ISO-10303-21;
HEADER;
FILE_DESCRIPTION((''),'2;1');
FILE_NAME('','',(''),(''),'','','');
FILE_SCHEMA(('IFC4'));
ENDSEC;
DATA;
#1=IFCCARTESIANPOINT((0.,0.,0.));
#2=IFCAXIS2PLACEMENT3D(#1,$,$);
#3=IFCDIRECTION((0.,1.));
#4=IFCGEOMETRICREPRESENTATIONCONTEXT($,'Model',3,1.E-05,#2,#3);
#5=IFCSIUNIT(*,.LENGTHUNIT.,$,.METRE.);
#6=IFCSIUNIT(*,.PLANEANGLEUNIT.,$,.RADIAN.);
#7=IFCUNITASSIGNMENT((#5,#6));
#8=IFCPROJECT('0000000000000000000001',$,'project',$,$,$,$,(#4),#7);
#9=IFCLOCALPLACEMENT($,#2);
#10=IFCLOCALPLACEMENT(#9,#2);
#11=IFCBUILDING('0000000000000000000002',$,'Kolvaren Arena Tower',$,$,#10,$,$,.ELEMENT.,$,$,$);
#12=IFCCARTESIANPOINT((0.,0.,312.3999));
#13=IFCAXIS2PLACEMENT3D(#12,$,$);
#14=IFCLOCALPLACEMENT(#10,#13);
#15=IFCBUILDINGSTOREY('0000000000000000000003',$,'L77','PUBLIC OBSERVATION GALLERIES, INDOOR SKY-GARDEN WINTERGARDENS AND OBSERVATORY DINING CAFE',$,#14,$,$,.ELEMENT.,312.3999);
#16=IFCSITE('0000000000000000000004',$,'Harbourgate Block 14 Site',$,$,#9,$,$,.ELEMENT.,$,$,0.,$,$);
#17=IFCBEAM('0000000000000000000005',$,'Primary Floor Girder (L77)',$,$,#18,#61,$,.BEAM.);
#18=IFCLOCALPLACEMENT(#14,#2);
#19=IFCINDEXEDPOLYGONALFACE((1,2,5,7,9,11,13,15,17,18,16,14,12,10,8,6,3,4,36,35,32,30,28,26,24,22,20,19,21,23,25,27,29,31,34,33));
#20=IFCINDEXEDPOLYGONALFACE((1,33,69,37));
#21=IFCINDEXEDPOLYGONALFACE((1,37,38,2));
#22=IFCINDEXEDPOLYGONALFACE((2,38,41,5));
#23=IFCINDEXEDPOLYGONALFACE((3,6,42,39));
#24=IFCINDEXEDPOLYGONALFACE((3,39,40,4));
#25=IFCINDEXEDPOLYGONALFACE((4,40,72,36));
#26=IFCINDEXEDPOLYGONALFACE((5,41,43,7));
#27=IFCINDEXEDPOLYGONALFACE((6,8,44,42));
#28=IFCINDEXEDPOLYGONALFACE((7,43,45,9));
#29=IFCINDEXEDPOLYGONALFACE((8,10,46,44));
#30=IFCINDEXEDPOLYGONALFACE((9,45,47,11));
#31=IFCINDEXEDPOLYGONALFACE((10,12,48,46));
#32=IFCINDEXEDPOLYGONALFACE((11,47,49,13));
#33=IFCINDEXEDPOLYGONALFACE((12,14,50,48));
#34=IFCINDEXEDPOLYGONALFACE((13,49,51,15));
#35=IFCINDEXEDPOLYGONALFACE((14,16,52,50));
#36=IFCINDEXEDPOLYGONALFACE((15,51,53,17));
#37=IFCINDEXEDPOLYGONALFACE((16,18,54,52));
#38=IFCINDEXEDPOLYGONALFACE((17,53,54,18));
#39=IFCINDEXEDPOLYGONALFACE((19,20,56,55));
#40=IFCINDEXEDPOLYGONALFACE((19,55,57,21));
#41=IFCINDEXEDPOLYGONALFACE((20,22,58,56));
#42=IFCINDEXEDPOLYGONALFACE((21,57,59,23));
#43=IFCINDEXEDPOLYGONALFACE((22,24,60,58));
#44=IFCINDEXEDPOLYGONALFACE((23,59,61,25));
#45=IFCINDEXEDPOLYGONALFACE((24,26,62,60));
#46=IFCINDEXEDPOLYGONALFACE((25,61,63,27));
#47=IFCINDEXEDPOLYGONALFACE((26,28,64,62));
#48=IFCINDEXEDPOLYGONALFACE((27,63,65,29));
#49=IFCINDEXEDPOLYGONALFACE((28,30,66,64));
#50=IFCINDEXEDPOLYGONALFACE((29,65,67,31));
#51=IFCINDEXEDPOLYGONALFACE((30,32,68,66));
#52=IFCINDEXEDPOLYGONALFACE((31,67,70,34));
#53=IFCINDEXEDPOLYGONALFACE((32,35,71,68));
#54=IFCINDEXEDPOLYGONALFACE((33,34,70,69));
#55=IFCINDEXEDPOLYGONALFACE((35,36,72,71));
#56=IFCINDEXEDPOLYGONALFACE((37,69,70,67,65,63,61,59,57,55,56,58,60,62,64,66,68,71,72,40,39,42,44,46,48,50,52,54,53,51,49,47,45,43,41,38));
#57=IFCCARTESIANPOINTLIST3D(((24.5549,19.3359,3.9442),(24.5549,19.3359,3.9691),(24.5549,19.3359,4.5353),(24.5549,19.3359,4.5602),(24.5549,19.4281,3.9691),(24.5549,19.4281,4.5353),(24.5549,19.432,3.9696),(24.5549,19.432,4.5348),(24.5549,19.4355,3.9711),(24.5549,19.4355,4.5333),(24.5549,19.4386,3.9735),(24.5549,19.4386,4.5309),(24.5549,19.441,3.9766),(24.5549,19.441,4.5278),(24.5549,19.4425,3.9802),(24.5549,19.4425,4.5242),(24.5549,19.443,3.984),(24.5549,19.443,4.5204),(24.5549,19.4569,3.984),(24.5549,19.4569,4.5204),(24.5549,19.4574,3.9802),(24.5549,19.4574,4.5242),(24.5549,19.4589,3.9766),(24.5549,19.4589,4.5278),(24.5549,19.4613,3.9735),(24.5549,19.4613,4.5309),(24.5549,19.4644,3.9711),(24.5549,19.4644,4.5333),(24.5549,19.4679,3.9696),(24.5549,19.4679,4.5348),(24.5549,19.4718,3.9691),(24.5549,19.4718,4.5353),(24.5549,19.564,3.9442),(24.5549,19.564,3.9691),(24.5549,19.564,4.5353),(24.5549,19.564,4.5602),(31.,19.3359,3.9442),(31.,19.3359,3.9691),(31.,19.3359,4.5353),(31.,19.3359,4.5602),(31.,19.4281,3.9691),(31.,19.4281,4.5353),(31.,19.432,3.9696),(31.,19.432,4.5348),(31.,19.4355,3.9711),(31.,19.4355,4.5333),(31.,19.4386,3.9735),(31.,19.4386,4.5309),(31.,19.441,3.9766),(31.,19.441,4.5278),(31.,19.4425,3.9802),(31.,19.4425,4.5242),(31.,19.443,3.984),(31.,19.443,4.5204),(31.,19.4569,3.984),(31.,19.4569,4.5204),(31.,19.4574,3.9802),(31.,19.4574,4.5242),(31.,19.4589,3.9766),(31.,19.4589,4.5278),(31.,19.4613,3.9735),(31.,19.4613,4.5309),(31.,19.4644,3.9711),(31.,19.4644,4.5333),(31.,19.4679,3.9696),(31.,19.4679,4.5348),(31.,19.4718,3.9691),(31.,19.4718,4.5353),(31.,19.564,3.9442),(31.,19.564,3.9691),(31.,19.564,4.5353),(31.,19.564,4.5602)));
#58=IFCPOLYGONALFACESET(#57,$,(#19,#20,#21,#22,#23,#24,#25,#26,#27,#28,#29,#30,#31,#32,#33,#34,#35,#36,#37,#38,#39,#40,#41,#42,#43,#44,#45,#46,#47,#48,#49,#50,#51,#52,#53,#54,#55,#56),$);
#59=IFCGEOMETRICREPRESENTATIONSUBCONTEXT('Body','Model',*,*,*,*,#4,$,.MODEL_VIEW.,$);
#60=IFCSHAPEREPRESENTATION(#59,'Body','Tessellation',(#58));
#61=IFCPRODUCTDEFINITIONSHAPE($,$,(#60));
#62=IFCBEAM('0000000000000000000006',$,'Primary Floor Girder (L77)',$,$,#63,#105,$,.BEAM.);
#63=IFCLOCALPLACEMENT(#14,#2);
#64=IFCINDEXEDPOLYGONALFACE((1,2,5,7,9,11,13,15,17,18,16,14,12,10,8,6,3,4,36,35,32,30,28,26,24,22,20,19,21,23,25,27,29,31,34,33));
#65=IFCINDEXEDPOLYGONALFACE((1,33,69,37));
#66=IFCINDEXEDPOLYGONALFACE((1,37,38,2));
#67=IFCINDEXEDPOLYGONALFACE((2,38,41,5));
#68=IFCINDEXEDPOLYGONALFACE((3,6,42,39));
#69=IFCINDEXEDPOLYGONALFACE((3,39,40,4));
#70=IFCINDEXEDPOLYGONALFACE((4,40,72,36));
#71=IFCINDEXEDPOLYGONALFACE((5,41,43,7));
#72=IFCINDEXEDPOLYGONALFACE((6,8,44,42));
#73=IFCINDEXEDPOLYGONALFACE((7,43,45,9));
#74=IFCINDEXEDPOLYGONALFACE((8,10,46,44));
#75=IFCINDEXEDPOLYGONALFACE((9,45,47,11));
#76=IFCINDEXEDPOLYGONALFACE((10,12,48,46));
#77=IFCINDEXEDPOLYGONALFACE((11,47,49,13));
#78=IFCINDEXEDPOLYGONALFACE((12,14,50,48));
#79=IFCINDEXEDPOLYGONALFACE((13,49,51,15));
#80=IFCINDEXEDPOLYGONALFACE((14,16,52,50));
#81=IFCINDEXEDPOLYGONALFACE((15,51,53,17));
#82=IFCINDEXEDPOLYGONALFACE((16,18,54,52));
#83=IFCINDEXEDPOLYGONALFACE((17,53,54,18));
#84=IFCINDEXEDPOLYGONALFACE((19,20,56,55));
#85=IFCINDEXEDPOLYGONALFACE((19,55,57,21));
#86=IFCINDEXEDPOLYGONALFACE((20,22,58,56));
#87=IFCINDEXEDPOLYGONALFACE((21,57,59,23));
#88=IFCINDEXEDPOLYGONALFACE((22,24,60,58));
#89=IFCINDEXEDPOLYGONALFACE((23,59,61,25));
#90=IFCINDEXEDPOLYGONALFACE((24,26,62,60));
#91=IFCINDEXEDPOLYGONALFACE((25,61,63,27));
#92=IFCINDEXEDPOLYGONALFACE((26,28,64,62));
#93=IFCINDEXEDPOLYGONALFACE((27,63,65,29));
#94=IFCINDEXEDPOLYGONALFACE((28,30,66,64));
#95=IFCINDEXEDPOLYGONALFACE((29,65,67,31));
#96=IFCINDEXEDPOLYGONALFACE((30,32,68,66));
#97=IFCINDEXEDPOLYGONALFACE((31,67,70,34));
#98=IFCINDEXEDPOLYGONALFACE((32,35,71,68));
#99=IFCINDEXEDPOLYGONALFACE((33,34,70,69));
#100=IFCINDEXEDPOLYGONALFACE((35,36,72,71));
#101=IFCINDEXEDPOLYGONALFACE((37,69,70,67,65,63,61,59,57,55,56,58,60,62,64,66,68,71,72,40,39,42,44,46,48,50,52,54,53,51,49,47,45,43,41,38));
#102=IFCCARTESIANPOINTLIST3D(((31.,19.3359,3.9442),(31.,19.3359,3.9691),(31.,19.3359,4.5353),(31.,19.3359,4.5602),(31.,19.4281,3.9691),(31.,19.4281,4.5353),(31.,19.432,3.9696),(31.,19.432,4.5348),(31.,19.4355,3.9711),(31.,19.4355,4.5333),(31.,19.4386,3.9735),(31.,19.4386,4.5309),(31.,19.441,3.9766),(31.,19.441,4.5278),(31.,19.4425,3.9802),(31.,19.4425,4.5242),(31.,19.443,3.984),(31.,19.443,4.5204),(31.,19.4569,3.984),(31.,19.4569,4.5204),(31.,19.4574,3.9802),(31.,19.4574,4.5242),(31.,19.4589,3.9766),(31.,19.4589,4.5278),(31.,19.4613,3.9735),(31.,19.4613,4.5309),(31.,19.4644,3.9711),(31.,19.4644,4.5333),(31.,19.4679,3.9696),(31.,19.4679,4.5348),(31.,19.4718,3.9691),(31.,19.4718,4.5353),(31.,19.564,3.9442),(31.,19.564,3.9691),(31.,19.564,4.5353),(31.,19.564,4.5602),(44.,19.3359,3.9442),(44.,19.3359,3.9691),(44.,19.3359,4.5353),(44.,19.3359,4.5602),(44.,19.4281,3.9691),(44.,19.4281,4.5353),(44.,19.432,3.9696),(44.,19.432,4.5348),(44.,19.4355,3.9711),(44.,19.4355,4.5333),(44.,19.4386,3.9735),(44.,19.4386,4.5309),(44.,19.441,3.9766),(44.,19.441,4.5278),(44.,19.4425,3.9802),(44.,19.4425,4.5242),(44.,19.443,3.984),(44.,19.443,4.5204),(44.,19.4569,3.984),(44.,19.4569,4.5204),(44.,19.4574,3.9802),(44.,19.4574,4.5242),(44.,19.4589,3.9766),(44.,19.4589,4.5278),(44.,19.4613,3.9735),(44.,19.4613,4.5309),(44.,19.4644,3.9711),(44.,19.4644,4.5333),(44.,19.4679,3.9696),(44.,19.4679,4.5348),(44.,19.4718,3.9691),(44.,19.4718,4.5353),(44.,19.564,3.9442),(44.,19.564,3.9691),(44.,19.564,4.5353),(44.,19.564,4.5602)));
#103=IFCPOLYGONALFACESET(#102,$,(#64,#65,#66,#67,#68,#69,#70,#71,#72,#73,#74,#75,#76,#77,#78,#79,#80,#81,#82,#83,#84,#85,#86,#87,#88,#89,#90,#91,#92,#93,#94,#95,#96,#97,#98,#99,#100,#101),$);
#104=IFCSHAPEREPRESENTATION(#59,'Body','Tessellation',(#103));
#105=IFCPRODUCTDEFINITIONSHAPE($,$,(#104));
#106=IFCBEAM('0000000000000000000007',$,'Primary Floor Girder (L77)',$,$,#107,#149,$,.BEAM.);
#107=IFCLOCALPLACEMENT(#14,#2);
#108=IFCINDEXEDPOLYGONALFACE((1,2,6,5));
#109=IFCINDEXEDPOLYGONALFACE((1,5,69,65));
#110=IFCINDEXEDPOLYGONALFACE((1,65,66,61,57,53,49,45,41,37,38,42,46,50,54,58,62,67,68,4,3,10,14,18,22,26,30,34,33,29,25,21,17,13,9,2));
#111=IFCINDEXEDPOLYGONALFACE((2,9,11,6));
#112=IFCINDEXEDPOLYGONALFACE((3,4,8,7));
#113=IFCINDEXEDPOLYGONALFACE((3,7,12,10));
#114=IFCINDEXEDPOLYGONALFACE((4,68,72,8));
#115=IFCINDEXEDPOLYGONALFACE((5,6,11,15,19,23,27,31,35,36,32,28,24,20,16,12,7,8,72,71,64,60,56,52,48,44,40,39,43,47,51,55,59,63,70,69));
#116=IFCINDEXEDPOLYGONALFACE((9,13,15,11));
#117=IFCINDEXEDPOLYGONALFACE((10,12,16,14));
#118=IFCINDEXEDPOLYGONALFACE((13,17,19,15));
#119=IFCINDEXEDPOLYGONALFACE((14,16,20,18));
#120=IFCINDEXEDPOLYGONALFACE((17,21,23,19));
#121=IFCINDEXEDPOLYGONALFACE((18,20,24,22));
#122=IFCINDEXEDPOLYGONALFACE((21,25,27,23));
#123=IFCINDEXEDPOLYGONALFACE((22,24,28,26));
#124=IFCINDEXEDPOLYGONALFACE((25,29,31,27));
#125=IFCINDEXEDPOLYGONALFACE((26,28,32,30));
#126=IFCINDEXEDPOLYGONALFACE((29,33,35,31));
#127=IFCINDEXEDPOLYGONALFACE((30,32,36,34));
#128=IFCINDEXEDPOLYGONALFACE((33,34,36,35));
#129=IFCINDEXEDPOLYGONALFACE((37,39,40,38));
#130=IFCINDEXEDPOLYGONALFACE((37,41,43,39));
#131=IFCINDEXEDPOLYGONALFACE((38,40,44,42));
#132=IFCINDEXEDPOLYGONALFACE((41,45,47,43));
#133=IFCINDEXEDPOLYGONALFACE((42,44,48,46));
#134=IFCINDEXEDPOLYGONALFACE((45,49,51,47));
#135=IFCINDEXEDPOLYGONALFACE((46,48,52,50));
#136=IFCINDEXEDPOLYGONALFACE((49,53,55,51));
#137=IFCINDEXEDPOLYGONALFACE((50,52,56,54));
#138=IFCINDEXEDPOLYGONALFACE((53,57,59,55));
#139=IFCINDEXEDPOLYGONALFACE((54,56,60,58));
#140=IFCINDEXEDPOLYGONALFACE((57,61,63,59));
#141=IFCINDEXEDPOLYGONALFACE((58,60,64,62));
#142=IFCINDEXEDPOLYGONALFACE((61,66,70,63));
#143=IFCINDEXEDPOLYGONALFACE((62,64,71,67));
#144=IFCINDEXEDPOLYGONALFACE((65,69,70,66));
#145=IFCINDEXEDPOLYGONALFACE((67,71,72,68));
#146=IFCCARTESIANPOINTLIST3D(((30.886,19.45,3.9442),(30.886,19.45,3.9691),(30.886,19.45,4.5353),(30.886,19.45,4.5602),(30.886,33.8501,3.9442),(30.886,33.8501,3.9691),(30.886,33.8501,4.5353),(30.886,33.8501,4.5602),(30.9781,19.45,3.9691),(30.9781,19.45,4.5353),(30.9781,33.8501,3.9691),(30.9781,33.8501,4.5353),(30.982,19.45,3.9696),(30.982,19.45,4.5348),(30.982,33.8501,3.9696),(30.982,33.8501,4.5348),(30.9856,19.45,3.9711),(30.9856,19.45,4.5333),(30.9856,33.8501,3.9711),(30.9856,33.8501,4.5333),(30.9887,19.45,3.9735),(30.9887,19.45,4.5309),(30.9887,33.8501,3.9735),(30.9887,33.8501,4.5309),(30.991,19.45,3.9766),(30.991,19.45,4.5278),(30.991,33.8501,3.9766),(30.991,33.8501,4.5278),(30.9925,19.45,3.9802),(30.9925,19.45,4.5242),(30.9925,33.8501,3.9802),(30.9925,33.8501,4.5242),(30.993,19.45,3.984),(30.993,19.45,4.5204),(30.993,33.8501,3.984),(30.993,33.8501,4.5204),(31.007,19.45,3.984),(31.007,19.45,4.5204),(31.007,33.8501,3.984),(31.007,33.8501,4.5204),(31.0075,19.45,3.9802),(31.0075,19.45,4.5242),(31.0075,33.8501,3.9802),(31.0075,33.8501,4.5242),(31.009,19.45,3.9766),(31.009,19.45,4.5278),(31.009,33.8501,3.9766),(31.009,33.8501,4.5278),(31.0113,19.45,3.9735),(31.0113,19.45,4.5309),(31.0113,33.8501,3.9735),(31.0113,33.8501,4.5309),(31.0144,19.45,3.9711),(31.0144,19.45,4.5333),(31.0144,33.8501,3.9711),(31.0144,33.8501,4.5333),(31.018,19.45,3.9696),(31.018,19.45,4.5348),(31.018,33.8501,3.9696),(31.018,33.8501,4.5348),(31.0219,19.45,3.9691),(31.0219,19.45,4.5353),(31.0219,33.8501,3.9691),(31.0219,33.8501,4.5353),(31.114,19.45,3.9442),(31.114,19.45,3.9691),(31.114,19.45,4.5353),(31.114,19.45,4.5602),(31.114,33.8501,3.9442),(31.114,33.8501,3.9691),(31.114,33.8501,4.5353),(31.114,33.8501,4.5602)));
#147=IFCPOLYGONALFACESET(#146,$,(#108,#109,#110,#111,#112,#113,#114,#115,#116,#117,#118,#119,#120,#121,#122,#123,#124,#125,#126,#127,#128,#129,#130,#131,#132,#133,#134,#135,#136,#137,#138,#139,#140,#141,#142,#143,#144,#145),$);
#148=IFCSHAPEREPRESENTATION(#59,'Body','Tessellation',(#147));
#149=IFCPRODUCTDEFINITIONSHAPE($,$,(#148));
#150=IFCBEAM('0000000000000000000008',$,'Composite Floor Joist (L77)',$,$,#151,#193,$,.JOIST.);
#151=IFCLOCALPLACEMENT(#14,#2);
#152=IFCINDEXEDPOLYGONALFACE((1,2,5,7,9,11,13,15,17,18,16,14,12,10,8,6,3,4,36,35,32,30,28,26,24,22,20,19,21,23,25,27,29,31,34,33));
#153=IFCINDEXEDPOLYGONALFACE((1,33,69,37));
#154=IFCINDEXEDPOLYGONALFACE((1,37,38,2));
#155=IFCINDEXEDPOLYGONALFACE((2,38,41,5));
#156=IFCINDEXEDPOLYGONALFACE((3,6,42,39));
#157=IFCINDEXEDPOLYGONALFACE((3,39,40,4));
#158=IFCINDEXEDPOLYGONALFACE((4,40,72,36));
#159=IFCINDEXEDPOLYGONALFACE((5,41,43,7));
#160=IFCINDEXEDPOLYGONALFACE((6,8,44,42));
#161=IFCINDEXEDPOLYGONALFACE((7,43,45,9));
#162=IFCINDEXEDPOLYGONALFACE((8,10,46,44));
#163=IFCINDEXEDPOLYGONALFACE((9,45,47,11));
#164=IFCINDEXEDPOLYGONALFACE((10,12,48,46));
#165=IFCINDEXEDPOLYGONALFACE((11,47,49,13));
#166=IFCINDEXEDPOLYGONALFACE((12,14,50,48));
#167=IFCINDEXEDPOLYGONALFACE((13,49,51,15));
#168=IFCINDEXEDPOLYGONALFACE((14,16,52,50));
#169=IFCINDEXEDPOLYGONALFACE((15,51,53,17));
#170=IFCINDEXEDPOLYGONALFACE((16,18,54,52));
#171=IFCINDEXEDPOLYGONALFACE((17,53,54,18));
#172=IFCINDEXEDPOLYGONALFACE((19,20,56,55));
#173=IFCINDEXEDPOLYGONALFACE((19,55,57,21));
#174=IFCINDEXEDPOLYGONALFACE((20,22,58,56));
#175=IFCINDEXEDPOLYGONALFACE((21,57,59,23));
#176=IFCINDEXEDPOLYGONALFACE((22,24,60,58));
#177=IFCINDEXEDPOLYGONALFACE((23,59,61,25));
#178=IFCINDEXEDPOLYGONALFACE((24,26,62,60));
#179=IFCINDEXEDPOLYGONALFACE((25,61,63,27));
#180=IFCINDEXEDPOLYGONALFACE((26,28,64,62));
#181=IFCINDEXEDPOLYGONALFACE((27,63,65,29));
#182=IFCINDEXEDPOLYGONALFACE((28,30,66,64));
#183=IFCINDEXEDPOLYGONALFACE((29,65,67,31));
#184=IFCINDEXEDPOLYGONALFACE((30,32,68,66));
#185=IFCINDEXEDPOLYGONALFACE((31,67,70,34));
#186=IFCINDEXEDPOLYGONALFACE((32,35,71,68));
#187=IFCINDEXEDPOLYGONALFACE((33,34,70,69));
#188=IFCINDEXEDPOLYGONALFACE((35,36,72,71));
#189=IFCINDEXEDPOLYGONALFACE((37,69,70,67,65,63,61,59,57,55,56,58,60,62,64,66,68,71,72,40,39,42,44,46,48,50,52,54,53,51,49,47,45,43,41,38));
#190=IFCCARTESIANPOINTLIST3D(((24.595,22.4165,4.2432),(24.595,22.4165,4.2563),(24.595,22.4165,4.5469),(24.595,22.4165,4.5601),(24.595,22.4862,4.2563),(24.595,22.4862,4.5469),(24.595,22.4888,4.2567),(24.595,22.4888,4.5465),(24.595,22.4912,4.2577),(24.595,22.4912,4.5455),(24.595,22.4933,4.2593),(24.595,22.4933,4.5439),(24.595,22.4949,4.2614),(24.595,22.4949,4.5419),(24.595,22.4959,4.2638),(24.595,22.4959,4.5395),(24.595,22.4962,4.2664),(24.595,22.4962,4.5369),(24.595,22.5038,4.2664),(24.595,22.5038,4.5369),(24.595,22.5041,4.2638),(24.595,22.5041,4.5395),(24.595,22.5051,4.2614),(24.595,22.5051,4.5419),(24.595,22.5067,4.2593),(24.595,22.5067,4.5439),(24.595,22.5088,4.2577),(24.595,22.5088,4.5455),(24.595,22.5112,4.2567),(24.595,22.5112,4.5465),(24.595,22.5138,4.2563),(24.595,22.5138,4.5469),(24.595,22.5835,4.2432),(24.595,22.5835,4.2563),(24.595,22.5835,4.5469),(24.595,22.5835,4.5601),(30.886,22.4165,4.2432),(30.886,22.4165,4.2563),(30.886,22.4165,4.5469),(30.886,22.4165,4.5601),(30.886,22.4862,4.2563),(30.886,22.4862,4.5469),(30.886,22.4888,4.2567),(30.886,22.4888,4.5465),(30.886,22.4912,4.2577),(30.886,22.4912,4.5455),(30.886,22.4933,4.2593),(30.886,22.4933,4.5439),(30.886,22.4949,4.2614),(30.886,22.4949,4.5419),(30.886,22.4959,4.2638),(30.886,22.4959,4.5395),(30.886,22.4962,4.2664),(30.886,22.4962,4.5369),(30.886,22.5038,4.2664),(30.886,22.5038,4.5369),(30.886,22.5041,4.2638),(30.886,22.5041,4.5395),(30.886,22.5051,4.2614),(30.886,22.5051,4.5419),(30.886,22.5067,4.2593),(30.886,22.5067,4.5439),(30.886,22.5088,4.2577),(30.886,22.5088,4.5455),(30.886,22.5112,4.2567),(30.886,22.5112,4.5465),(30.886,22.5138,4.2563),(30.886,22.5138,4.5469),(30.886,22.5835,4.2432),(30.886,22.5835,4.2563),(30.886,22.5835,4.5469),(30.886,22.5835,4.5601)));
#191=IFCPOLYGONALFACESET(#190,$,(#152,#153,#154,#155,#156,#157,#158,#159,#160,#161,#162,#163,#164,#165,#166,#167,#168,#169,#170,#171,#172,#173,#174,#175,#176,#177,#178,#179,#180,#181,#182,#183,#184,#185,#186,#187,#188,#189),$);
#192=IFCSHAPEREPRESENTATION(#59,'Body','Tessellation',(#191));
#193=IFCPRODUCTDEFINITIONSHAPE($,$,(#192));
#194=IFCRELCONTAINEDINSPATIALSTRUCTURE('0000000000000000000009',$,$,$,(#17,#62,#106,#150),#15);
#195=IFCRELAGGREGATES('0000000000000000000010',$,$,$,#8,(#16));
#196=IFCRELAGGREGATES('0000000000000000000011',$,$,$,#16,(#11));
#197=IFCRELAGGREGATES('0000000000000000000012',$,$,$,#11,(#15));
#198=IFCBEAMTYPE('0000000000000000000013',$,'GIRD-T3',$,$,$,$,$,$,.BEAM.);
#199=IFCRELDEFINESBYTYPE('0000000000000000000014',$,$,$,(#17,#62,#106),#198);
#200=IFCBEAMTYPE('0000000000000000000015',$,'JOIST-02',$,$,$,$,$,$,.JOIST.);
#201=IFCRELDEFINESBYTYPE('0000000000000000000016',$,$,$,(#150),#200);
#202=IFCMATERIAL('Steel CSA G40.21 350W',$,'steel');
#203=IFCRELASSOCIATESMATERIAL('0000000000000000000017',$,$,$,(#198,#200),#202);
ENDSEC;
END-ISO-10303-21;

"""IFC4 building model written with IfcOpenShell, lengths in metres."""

from ifc_helpers import new_model, si_unit, direction, frame, origin, origin_2d, place, context, subcontext, project, spatial, i_section, extrude, material, material_profile, profile_set, type_object, element, save


model = new_model("IFC4")

# Units and contexts
model_context = context("Model", 3, precision=1e-05, world=origin(), true_north=direction((0.0, 1.0)))
body_context = subcontext(model_context, "Body", "Model", "MODEL_VIEW")
ifc_project = project(units=[si_unit("LENGTHUNIT", "METRE"), si_unit("PLANEANGLEUNIT", "RADIAN")], contexts=[model_context])

# Site, building, storey
site_placement = place(None, origin())
site = spatial("IfcSite", under=ifc_project, at=site_placement, Name="Harbourgate Block 14 Site", CompositionType="ELEMENT", RefElevation=0.0)
building_placement = place(site_placement, origin())
building = spatial("IfcBuilding", under=site, at=building_placement, Name="Kolvaren Arena Tower", CompositionType="ELEMENT")
storey_placement = place(building_placement, frame((0.0, 0.0, 312.3999)))
storey = spatial("IfcBuildingStorey", under=building, at=storey_placement, Name="L77", Description="PUBLIC OBSERVATION GALLERIES, INDOOR SKY-GARDEN WINTERGARDENS AND OBSERVATORY DINING CAFE", CompositionType="ELEMENT", Elevation=312.3999)

# Beams
ifc_material_1 = material(Name="Steel CSA G40.21 350W", Category="steel")
ifc_material_profile_1 = material_profile(ifc_material_1, i_section(OverallWidth=0.228, OverallDepth=0.616, WebThickness=0.0139, FlangeThickness=0.0249, FilletRadius=0.0149, at=origin_2d()), Name="W610x174")
ifc_profile_set_1 = profile_set([ifc_material_profile_1], Name="Steel CSA G40.21 350W")
beam_type_1 = type_object("IfcBeamType", Name="GIRD-T3", PredefinedType="BEAM", material=ifc_profile_set_1)
beam_1_placement = place(storey_placement, frame((24.5549, 19.45, 4.2522), z_axis=(1.0, 0.0, 0.0), x_axis=(0.0, 1.0, 0.0)))
element("IfcBeam", 1, at=beam_1_placement, inside=storey, type_object=beam_type_1, Name="Primary Floor Girder (L77)", PredefinedType="BEAM", context=body_context, shape_type="SweptSolid", body=[
    extrude(i_section(OverallWidth=0.228, OverallDepth=0.616, WebThickness=0.0139, FlangeThickness=0.0249, FilletRadius=0.0149, at=origin_2d()), origin(), (0.0, 0.0, 1.0), 6.4451),
])
beam_2_placement = place(storey_placement, frame((31.0, 19.45, 4.2522), z_axis=(1.0, 0.0, 0.0), x_axis=(0.0, 1.0, 0.0)))
element("IfcBeam", 2, at=beam_2_placement, inside=storey, type_object=beam_type_1, Name="Primary Floor Girder (L77)", PredefinedType="BEAM", context=body_context, shape_type="SweptSolid", body=[
    extrude(i_section(OverallWidth=0.228, OverallDepth=0.616, WebThickness=0.0139, FlangeThickness=0.0249, FilletRadius=0.0149, at=origin_2d()), origin(), (0.0, 0.0, 1.0), 13.0),
])
beam_3_placement = place(storey_placement, frame((31.0, 19.45, 4.2522), z_axis=(0.0, 1.0, 0.0), x_axis=(-1.0, 0.0, 0.0)))
element("IfcBeam", 3, at=beam_3_placement, inside=storey, type_object=beam_type_1, Name="Primary Floor Girder (L77)", PredefinedType="BEAM", context=body_context, shape_type="SweptSolid", body=[
    extrude(i_section(OverallWidth=0.228, OverallDepth=0.616, WebThickness=0.0139, FlangeThickness=0.0249, FilletRadius=0.0149, at=origin_2d()), origin(), (0.0, 0.0, 1.0), 14.4001),
])
ifc_material_profile_2 = material_profile(ifc_material_1, i_section(OverallWidth=0.167, OverallDepth=0.3169, WebThickness=0.0076, FlangeThickness=0.0132, FilletRadius=0.01, at=origin_2d()), Name="W310x52")
ifc_profile_set_2 = profile_set([ifc_material_profile_2], Name="Steel CSA G40.21 350W")
beam_type_2 = type_object("IfcBeamType", Name="JOIST-02", PredefinedType="JOIST", material=ifc_profile_set_2)
beam_4_placement = place(storey_placement, frame((24.595, 22.5, 4.4016), z_axis=(1.0, 0.0, 0.0), x_axis=(0.0, 1.0, 0.0)))
element("IfcBeam", 4, at=beam_4_placement, inside=storey, type_object=beam_type_2, Name="Composite Floor Joist (L77)", PredefinedType="JOIST", context=body_context, shape_type="SweptSolid", body=[
    extrude(i_section(OverallWidth=0.167, OverallDepth=0.3169, WebThickness=0.0076, FlangeThickness=0.0132, FilletRadius=0.01, at=origin_2d()), origin(), (0.0, 0.0, 1.0), 6.291),
])

save(model, "model.ifc")
